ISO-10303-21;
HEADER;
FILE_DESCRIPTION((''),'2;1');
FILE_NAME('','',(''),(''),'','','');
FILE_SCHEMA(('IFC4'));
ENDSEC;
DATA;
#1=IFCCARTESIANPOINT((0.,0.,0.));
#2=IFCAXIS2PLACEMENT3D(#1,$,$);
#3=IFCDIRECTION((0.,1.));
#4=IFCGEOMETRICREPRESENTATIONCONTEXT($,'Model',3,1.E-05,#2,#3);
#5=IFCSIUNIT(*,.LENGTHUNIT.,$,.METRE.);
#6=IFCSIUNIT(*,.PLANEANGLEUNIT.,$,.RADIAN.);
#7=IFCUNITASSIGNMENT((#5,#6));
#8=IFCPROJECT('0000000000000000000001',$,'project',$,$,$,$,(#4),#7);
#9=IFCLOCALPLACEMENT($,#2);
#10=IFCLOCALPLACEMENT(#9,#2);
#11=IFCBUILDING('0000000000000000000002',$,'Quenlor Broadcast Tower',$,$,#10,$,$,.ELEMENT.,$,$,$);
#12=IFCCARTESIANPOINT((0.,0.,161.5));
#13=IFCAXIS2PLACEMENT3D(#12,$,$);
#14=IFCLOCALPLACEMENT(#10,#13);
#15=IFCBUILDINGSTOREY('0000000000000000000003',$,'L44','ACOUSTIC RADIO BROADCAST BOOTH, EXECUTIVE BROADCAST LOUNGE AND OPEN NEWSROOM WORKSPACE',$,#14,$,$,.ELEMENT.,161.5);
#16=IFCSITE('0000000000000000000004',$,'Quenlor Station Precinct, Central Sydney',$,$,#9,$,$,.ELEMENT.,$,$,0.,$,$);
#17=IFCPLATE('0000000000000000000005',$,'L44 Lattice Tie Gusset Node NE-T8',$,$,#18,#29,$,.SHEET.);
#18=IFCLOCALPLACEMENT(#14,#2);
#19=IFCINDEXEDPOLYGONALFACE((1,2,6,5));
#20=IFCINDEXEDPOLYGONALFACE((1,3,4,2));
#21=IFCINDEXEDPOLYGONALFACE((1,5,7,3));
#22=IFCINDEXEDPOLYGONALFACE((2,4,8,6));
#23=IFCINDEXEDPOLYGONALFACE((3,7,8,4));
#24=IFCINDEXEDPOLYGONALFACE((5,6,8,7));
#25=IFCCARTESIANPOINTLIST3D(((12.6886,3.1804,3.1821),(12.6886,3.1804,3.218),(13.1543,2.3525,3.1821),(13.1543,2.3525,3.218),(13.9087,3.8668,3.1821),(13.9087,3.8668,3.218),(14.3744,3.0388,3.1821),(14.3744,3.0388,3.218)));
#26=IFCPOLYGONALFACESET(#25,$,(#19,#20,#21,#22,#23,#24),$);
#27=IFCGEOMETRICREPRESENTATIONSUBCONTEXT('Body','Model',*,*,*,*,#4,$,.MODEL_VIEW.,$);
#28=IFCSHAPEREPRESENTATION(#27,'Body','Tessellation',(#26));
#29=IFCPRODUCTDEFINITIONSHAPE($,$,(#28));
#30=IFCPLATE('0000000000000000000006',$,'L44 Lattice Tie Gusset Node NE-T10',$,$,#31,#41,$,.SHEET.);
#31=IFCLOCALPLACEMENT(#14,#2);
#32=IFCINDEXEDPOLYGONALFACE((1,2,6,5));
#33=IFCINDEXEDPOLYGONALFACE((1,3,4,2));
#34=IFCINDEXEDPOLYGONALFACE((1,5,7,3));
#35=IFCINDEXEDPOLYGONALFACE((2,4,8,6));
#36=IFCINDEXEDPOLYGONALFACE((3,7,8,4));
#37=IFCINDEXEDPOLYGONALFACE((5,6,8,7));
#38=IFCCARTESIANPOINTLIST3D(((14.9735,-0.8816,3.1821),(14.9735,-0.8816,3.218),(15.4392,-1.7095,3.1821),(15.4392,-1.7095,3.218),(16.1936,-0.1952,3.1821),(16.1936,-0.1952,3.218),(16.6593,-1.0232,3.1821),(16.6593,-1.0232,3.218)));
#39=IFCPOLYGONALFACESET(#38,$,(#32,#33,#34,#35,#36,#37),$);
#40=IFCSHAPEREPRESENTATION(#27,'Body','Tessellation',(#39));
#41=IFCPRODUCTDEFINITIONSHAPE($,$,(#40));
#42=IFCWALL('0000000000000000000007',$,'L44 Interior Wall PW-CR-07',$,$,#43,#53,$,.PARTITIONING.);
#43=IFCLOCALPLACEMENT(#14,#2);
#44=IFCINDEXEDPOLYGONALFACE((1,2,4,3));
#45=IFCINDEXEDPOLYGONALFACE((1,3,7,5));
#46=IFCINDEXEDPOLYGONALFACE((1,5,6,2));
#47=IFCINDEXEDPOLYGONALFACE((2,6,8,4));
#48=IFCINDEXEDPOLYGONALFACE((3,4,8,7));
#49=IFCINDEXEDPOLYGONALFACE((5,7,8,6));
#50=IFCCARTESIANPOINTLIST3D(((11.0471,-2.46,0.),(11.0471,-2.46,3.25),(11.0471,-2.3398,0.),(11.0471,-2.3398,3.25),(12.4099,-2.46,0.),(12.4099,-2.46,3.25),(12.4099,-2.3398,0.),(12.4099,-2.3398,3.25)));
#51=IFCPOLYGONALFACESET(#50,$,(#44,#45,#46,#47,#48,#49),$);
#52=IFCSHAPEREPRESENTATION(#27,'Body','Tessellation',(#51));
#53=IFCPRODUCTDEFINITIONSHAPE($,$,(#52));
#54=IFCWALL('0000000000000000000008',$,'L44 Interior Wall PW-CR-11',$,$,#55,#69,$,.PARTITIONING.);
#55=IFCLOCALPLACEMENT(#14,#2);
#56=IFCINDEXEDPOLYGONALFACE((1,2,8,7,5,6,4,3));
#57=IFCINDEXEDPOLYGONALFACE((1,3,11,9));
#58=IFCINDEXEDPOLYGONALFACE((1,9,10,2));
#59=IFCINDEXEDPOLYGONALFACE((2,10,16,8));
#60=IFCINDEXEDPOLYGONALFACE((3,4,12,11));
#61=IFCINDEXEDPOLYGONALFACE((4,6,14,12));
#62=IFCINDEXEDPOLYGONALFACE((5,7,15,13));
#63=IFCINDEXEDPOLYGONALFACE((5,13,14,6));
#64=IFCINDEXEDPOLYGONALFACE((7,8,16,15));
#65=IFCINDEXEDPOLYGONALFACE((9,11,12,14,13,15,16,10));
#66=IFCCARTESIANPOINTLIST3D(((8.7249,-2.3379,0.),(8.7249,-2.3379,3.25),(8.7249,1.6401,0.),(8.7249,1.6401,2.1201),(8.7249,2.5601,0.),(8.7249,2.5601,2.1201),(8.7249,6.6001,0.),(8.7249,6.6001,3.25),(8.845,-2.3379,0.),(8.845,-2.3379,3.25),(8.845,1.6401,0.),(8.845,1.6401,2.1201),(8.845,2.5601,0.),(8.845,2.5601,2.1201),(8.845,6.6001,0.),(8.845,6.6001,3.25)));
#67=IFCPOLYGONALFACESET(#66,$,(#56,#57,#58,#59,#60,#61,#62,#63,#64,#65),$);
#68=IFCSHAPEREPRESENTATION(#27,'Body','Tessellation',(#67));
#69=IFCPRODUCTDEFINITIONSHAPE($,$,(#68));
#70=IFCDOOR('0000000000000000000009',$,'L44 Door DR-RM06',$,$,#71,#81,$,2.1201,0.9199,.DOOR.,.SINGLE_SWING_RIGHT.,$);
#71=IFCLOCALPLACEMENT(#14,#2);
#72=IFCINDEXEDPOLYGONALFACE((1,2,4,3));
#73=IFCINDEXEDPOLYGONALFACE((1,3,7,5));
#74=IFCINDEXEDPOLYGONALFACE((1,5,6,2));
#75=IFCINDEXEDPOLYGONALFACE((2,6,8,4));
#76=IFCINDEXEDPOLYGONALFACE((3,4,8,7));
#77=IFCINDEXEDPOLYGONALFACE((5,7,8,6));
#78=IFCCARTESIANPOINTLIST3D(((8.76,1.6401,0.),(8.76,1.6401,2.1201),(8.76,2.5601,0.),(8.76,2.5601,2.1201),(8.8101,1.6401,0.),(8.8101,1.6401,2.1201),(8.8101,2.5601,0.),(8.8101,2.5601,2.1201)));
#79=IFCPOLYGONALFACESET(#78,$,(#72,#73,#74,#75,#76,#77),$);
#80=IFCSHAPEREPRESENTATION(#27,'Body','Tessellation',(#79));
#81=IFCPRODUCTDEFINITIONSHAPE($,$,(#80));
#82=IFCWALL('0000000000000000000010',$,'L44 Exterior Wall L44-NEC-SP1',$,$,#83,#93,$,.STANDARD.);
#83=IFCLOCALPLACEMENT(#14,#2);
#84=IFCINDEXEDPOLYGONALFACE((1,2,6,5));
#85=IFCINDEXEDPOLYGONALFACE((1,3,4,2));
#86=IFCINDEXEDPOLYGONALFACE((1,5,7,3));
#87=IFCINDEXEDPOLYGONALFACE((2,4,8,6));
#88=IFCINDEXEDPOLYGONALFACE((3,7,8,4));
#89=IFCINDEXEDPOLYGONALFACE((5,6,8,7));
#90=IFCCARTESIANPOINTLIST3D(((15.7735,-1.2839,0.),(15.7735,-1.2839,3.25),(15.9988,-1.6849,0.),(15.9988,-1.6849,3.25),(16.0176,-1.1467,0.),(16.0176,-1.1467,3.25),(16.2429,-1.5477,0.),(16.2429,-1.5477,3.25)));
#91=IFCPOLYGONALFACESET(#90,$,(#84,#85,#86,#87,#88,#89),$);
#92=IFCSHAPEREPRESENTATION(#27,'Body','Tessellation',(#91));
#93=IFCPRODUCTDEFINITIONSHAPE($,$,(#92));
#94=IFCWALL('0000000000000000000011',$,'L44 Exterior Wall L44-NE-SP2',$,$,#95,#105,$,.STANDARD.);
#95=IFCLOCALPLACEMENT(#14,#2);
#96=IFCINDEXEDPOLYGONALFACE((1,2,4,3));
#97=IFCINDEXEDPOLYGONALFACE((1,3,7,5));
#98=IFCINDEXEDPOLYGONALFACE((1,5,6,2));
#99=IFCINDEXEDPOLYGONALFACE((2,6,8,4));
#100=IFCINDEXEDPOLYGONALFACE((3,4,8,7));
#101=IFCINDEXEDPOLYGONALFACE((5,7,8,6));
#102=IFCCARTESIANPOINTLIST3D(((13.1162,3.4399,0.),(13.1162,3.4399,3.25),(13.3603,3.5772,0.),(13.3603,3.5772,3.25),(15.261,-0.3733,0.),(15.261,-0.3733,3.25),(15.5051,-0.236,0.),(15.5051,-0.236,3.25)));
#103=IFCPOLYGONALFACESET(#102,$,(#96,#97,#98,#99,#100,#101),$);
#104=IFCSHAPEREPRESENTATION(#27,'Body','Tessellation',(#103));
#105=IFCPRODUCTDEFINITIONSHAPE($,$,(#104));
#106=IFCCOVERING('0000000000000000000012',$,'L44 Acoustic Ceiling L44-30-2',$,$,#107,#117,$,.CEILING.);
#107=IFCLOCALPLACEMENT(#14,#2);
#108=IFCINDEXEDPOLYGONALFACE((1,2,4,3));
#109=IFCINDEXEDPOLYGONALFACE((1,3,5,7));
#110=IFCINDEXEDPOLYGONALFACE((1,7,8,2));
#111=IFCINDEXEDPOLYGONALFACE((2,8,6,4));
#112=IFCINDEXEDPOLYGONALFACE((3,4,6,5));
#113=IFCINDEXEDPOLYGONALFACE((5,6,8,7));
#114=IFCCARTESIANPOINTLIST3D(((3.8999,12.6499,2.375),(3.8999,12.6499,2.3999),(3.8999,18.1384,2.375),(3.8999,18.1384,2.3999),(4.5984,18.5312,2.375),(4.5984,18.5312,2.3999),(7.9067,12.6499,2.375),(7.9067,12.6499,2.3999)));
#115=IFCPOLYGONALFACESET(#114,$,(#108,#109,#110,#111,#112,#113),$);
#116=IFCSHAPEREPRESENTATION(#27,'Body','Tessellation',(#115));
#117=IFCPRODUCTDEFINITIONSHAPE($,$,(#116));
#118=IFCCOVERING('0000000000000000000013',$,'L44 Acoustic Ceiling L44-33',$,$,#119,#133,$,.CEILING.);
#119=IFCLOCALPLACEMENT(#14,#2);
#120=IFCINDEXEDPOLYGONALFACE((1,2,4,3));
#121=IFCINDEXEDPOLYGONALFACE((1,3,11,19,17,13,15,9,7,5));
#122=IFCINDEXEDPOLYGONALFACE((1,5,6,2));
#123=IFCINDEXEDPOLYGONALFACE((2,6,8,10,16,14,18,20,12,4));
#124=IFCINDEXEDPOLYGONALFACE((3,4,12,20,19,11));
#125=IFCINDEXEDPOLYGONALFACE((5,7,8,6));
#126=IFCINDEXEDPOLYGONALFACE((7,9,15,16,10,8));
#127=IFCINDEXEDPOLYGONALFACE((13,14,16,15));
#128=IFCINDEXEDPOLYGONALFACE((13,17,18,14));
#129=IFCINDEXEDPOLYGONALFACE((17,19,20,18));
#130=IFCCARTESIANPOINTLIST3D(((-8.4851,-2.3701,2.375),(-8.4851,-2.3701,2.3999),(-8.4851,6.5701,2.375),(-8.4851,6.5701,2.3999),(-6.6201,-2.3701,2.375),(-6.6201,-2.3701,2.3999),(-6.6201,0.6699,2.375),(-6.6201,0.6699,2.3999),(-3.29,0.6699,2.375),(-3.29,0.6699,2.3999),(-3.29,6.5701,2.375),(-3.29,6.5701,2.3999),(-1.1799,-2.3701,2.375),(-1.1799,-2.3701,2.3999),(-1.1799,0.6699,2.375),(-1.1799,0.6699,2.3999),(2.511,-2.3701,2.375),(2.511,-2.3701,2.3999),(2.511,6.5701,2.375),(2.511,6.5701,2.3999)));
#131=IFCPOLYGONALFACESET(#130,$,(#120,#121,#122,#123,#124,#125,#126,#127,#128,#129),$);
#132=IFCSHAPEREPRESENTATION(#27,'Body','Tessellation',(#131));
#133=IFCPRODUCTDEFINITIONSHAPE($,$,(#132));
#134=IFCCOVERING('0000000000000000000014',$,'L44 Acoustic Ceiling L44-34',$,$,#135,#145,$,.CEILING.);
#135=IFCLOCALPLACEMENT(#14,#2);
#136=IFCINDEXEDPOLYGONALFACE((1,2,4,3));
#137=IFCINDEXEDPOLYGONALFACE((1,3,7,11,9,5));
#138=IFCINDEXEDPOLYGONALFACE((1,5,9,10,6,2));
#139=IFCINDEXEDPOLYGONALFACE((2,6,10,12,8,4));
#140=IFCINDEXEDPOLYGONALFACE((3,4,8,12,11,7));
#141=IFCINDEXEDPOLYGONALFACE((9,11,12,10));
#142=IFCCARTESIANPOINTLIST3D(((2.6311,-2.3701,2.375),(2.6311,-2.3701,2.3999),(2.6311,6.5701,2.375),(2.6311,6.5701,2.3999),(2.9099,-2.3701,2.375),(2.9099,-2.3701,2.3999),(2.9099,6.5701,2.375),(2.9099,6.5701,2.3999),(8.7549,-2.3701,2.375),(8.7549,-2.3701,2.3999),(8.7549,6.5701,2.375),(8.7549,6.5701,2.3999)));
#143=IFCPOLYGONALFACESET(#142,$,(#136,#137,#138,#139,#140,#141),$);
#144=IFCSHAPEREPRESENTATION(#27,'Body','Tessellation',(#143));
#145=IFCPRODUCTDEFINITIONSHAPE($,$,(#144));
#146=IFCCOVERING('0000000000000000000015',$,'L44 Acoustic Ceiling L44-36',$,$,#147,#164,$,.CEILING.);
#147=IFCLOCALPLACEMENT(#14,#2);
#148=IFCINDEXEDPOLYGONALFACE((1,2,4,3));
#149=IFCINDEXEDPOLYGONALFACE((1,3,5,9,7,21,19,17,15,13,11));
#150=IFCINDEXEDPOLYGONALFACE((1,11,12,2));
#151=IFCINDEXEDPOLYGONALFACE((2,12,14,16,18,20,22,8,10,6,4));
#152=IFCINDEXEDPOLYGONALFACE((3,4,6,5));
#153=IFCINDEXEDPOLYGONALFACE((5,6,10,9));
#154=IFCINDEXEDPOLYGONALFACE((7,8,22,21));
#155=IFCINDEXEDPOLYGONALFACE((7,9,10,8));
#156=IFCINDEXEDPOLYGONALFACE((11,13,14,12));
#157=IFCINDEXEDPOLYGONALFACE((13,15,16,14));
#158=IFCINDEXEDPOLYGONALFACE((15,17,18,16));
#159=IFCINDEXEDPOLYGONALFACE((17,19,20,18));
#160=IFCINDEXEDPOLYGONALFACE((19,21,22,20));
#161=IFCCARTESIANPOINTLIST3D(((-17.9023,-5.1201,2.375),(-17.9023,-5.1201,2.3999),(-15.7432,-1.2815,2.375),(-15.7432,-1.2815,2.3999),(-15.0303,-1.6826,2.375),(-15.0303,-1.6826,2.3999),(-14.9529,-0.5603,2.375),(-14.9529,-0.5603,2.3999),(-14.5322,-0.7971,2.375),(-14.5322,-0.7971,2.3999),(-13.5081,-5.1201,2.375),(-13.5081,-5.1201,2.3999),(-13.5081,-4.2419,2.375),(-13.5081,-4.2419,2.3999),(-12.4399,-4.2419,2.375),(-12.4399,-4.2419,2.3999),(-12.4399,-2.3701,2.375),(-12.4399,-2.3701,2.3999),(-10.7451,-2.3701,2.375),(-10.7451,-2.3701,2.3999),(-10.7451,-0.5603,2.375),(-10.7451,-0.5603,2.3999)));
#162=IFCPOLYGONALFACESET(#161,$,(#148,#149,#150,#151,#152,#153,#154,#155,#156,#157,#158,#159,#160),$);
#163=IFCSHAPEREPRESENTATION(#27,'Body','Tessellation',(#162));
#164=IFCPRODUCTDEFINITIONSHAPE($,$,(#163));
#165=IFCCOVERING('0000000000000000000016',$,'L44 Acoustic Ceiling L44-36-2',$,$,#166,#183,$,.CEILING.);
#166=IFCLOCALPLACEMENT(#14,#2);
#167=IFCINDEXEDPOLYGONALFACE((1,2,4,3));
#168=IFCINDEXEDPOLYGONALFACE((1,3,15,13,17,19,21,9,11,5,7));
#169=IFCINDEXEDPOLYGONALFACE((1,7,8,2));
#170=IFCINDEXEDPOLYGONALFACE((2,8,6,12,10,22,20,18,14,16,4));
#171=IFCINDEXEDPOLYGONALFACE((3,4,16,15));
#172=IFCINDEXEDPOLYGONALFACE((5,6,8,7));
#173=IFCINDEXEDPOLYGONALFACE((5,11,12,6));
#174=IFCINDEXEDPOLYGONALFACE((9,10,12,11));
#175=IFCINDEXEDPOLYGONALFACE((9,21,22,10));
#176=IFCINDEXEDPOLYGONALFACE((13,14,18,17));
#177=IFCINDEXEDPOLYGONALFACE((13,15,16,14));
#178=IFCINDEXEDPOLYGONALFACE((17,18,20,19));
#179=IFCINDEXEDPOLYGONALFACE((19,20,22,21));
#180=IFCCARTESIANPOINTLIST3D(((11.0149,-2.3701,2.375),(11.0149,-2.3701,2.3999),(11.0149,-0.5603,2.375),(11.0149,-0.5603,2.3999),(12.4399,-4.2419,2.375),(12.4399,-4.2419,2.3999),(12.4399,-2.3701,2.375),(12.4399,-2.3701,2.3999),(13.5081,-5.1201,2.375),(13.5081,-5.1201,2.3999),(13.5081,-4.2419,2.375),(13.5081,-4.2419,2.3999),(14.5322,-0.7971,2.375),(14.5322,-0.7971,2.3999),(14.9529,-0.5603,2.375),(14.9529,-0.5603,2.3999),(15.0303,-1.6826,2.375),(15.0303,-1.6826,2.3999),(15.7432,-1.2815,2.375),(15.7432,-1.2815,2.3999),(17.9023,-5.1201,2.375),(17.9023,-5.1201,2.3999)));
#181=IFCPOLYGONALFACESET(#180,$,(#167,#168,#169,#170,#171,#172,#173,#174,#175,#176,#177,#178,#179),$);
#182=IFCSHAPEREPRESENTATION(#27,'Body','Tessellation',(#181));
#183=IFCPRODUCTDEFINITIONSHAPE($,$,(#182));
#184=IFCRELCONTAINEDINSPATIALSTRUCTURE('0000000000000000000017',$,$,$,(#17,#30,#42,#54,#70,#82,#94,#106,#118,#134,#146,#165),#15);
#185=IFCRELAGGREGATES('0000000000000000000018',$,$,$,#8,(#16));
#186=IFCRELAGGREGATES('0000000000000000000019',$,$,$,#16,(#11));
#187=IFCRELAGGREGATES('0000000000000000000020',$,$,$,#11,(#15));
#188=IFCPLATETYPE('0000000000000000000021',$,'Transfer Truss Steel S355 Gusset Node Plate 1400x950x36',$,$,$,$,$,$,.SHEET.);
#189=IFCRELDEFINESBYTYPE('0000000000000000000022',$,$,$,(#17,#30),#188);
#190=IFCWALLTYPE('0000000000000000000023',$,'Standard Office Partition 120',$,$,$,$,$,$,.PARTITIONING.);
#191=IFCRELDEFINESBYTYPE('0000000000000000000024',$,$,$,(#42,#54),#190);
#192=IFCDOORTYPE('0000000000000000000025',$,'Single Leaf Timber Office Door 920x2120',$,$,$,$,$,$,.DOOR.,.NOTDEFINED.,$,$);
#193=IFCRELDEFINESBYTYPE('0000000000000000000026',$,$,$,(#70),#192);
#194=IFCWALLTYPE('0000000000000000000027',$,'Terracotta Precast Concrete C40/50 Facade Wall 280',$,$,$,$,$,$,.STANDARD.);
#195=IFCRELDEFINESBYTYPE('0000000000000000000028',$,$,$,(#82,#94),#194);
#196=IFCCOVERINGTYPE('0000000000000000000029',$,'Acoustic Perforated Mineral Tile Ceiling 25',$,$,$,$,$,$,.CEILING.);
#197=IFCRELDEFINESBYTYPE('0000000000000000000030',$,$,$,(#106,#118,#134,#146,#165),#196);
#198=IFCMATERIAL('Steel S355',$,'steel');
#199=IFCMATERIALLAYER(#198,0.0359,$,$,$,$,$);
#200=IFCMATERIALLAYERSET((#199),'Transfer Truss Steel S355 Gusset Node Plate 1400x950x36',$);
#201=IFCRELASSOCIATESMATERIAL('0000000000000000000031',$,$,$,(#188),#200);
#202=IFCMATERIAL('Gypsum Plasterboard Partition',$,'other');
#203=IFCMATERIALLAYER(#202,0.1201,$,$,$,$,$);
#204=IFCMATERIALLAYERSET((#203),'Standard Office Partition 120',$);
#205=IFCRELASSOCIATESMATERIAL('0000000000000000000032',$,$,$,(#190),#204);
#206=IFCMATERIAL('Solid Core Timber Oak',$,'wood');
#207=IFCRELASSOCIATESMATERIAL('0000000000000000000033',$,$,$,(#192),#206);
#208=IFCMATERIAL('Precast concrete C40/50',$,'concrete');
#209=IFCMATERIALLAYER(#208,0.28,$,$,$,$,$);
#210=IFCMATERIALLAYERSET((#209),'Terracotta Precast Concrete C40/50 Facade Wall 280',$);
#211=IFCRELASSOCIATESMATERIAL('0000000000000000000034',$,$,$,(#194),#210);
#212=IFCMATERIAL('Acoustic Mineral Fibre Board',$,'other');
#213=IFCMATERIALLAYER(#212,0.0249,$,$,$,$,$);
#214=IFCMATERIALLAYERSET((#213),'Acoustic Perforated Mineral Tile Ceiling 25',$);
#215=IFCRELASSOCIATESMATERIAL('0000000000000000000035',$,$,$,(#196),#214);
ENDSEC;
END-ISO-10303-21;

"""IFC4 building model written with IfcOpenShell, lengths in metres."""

from ifc_helpers import new_model, si_unit, direction, frame, frame_2d, origin, origin_2d, place, context, subcontext, project, spatial, polyline, rectangle, outline, extrude, material, layer, layer_set, type_object, element, fill, save


model = new_model("IFC4")

# Units and contexts
model_context = context("Model", 3, precision=1e-05, world=origin(), true_north=direction((0.0, 1.0)))
body_context = subcontext(model_context, "Body", "Model", "MODEL_VIEW")
ifc_project = project(units=[si_unit("LENGTHUNIT", "METRE"), si_unit("PLANEANGLEUNIT", "RADIAN")], contexts=[model_context])

# Site, building, storey
site_placement = place(None, origin())
site = spatial("IfcSite", under=ifc_project, at=site_placement, Name="Quenlor Station Precinct, Central Sydney", CompositionType="ELEMENT", RefElevation=0.0)
building_placement = place(site_placement, origin())
building = spatial("IfcBuilding", under=site, at=building_placement, Name="Quenlor Broadcast Tower", CompositionType="ELEMENT")
storey_placement = place(building_placement, frame((0.0, 0.0, 161.5)))
storey = spatial("IfcBuildingStorey", under=building, at=storey_placement, Name="L44", Description="ACOUSTIC RADIO BROADCAST BOOTH, EXECUTIVE BROADCAST LOUNGE AND OPEN NEWSROOM WORKSPACE", CompositionType="ELEMENT", Elevation=161.5)

# Plates
ifc_material_1 = material(Name="Steel S355", Category="steel")
ifc_layer_1 = layer(ifc_material_1, 0.0359)
ifc_layer_set_1 = layer_set([ifc_layer_1], Name="Transfer Truss Steel S355 Gusset Node Plate 1400x950x36")
plate_type_1 = type_object("IfcPlateType", Name="Transfer Truss Steel S355 Gusset Node Plate 1400x950x36", PredefinedType="SHEET", material=ifc_layer_set_1)
for number, where, z_axis, x_axis, name in (
    (1, (13.5315, 3.1096, 3.1821), (0.0, 0.0, 1.0), (0.871556, 0.490295, 0.0), "L44 Lattice Tie Gusset Node NE-T8"),
    (2, (15.8164, -0.9524, 3.1821), (0.0, 0.0, 1.0), (0.871556, 0.490295, 0.0), "L44 Lattice Tie Gusset Node NE-T10"),
):
    element("IfcPlate", number, at=place(storey_placement, frame(where, z_axis=z_axis, x_axis=x_axis)), inside=storey, type_object=plate_type_1, Name=name, PredefinedType="SHEET", context=body_context, shape_type="SweptSolid", body=[
        extrude(rectangle(XDim=1.3999, YDim=0.95, at=origin_2d()), origin(), (0.0, 0.0, 1.0), 0.0359),
    ])

# Wall
ifc_material_2 = material(Name="Gypsum Plasterboard Partition", Category="other")
ifc_layer_2 = layer(ifc_material_2, 0.1201)
ifc_layer_set_2 = layer_set([ifc_layer_2], Name="Standard Office Partition 120")
wall_type_1 = type_object("IfcWallType", Name="Standard Office Partition 120", PredefinedType="PARTITIONING", material=ifc_layer_set_2)
wall_1_placement = place(storey_placement, frame((11.0471, -2.3999, 0.0), z_axis=(0.0, 0.0, 1.0), x_axis=(1.0, 0.0, 0.0)))
element("IfcWall", 3, at=wall_1_placement, inside=storey, type_object=wall_type_1, Name="L44 Interior Wall PW-CR-07", PredefinedType="PARTITIONING", context=body_context, shape_type="SweptSolid", body=[
    extrude(rectangle(XDim=1.3628, YDim=0.1201, at=frame_2d((0.6814, 0.0))), origin(), (0.0, 0.0, 1.0), 3.25),
])

# Wall, opening, door
wall_2_placement = place(storey_placement, frame((8.7849, -2.3379, 0.0), z_axis=(0.0, 0.0, 1.0), x_axis=(0.0, 1.0, 0.0)))
wall_2 = element("IfcWall", 4, at=wall_2_placement, inside=storey, type_object=wall_type_1, Name="L44 Interior Wall PW-CR-11", PredefinedType="PARTITIONING", context=body_context, shape_type="SweptSolid", body=[
    extrude(rectangle(XDim=8.938, YDim=0.1201, at=frame_2d((4.469, 0.0))), origin(), (0.0, 0.0, 1.0), 3.25),
])
opening_placement = place(wall_2_placement, frame((3.978, 0.0, 0.0)))
opening = element("IfcOpeningElement", 5, at=opening_placement, cuts=wall_2, PredefinedType="OPENING", context=body_context, shape_type="SweptSolid", body=[
    extrude(rectangle(XDim=0.9199, YDim=2.1201, at=frame_2d((0.46, 1.0601))), frame((0.0, 0.0701, 0.0), z_axis=(0.0, -1.0, 0.0), x_axis=(1.0, 0.0, 0.0)), (0.0, 0.0, 1.0), 0.1401),
])
ifc_material_3 = material(Name="Solid Core Timber Oak", Category="wood")
door_type = type_object("IfcDoorType", Name="Single Leaf Timber Office Door 920x2120", OperationType="NOTDEFINED", PredefinedType="DOOR", material=ifc_material_3)
door_placement = place(opening_placement, origin())
door = element("IfcDoor", 6, at=door_placement, inside=storey, type_object=door_type, Name="L44 Door DR-RM06", OperationType="SINGLE_SWING_RIGHT", OverallHeight=2.1201, OverallWidth=0.9199, PredefinedType="DOOR", context=body_context, shape_type="SweptSolid", body=[
    extrude(rectangle(XDim=0.9199, YDim=2.1201, at=frame_2d((0.46, 1.0601))), frame((0.0, 0.0249, 0.0), z_axis=(0.0, -1.0, 0.0), x_axis=(1.0, 0.0, 0.0)), (0.0, 0.0, 1.0), 0.05),
])
fill(opening, door)

# Walls
ifc_material_4 = material(Name="Precast concrete C40/50", Category="concrete")
ifc_layer_3 = layer(ifc_material_4, 0.28)
ifc_layer_set_3 = layer_set([ifc_layer_3], Name="Terracotta Precast Concrete C40/50 Facade Wall 280")
wall_type_2 = type_object("IfcWallType", Name="Terracotta Precast Concrete C40/50 Facade Wall 280", PredefinedType="STANDARD", material=ifc_layer_set_3)
wall_3_placement = place(storey_placement, frame((15.8955, -1.2153, 0.0), z_axis=(0.0, 0.0, 1.0), x_axis=(0.490009, -0.871717, 0.0)))
element("IfcWall", 7, at=wall_3_placement, inside=storey, type_object=wall_type_2, Name="L44 Exterior Wall L44-NEC-SP1", PredefinedType="STANDARD", context=body_context, shape_type="SweptSolid", body=[
    extrude(rectangle(XDim=0.46, YDim=0.28, at=frame_2d((0.23, 0.0))), origin(), (0.0, 0.0, 1.0), 3.25),
])
wall_4_placement = place(storey_placement, frame((13.2383, 3.5085, 0.0), z_axis=(0.0, 0.0, 1.0), x_axis=(0.490232, -0.871592, 0.0)))
element("IfcWall", 8, at=wall_4_placement, inside=storey, type_object=wall_type_2, Name="L44 Exterior Wall L44-NE-SP2", PredefinedType="STANDARD", context=body_context, shape_type="SweptSolid", body=[
    extrude(rectangle(XDim=4.375, YDim=0.28, at=frame_2d((2.1875, 0.0))), origin(), (0.0, 0.0, 1.0), 3.25),
])

# Coverings
ifc_material_5 = material(Name="Acoustic Mineral Fibre Board", Category="other")
ifc_layer_4 = layer(ifc_material_5, 0.0249)
ifc_layer_set_4 = layer_set([ifc_layer_4], Name="Acoustic Perforated Mineral Tile Ceiling 25")
covering_type_1 = type_object("IfcCoveringType", Name="Acoustic Perforated Mineral Tile Ceiling 25", PredefinedType="CEILING", material=ifc_layer_set_4)
covering_1_placement = place(storey_placement, frame((0.0, 0.0, 2.375)))
element("IfcCovering", 9, at=covering_1_placement, inside=storey, type_object=covering_type_1, Name="L44 Acoustic Ceiling L44-30-2", PredefinedType="CEILING", context=body_context, shape_type="SweptSolid", body=[
    extrude(outline(polyline([(3.8999, 18.1384), (4.5984, 18.5312), (7.9067, 12.6499), (3.8999, 12.6499), (3.8999, 18.1384)])), origin(), (0.0, 0.0, 1.0), 0.0249),
])
covering_2_placement = place(storey_placement, frame((0.0, 0.0, 2.375)))
element("IfcCovering", 10, at=covering_2_placement, inside=storey, type_object=covering_type_1, Name="L44 Acoustic Ceiling L44-33", PredefinedType="CEILING", context=body_context, shape_type="SweptSolid", body=[
    extrude(outline(polyline([(-1.1799, -2.3701), (-1.1799, 0.6699), (-3.29, 0.6699), (-6.6201, 0.6699), (-6.6201, -2.3701), (-8.4851, -2.3701), (-8.4851, 6.5701), (-3.29, 6.5701), (2.511, 6.5701), (2.511, -2.3701), (-1.1799, -2.3701)])), origin(), (0.0, 0.0, 1.0), 0.0249),
])
covering_3_placement = place(storey_placement, frame((0.0, 0.0, 2.375)))
element("IfcCovering", 11, at=covering_3_placement, inside=storey, type_object=covering_type_1, Name="L44 Acoustic Ceiling L44-34", PredefinedType="CEILING", context=body_context, shape_type="SweptSolid", body=[
    extrude(outline(polyline([(2.9099, -2.3701), (2.6311, -2.3701), (2.6311, 6.5701), (2.9099, 6.5701), (8.7549, 6.5701), (8.7549, -2.3701), (2.9099, -2.3701)])), origin(), (0.0, 0.0, 1.0), 0.0249),
])
covering_4_placement = place(storey_placement, frame((0.0, 0.0, 2.375)))
element("IfcCovering", 12, at=covering_4_placement, inside=storey, type_object=covering_type_1, Name="L44 Acoustic Ceiling L44-36", PredefinedType="CEILING", context=body_context, shape_type="SweptSolid", body=[
    extrude(outline(polyline([(-15.7432, -1.2815), (-15.0303, -1.6826), (-14.5322, -0.7971), (-14.9529, -0.5603), (-10.7451, -0.5603), (-10.7451, -2.3701), (-12.4399, -2.3701), (-12.4399, -4.2419), (-13.5081, -4.2419), (-13.5081, -5.1201), (-17.9023, -5.1201), (-15.7432, -1.2815)])), origin(), (0.0, 0.0, 1.0), 0.0249),
])
covering_5_placement = place(storey_placement, frame((0.0, 0.0, 2.375)))
element("IfcCovering", 13, at=covering_5_placement, inside=storey, type_object=covering_type_1, Name="L44 Acoustic Ceiling L44-36-2", PredefinedType="CEILING", context=body_context, shape_type="SweptSolid", body=[
    extrude(outline(polyline([(13.5081, -4.2419), (12.4399, -4.2419), (12.4399, -2.3701), (11.0149, -2.3701), (11.0149, -0.5603), (14.9529, -0.5603), (14.5322, -0.7971), (15.0303, -1.6826), (15.7432, -1.2815), (17.9023, -5.1201), (13.5081, -5.1201), (13.5081, -4.2419)])), origin(), (0.0, 0.0, 1.0), 0.0249),
])

save(model, "model.ifc")
